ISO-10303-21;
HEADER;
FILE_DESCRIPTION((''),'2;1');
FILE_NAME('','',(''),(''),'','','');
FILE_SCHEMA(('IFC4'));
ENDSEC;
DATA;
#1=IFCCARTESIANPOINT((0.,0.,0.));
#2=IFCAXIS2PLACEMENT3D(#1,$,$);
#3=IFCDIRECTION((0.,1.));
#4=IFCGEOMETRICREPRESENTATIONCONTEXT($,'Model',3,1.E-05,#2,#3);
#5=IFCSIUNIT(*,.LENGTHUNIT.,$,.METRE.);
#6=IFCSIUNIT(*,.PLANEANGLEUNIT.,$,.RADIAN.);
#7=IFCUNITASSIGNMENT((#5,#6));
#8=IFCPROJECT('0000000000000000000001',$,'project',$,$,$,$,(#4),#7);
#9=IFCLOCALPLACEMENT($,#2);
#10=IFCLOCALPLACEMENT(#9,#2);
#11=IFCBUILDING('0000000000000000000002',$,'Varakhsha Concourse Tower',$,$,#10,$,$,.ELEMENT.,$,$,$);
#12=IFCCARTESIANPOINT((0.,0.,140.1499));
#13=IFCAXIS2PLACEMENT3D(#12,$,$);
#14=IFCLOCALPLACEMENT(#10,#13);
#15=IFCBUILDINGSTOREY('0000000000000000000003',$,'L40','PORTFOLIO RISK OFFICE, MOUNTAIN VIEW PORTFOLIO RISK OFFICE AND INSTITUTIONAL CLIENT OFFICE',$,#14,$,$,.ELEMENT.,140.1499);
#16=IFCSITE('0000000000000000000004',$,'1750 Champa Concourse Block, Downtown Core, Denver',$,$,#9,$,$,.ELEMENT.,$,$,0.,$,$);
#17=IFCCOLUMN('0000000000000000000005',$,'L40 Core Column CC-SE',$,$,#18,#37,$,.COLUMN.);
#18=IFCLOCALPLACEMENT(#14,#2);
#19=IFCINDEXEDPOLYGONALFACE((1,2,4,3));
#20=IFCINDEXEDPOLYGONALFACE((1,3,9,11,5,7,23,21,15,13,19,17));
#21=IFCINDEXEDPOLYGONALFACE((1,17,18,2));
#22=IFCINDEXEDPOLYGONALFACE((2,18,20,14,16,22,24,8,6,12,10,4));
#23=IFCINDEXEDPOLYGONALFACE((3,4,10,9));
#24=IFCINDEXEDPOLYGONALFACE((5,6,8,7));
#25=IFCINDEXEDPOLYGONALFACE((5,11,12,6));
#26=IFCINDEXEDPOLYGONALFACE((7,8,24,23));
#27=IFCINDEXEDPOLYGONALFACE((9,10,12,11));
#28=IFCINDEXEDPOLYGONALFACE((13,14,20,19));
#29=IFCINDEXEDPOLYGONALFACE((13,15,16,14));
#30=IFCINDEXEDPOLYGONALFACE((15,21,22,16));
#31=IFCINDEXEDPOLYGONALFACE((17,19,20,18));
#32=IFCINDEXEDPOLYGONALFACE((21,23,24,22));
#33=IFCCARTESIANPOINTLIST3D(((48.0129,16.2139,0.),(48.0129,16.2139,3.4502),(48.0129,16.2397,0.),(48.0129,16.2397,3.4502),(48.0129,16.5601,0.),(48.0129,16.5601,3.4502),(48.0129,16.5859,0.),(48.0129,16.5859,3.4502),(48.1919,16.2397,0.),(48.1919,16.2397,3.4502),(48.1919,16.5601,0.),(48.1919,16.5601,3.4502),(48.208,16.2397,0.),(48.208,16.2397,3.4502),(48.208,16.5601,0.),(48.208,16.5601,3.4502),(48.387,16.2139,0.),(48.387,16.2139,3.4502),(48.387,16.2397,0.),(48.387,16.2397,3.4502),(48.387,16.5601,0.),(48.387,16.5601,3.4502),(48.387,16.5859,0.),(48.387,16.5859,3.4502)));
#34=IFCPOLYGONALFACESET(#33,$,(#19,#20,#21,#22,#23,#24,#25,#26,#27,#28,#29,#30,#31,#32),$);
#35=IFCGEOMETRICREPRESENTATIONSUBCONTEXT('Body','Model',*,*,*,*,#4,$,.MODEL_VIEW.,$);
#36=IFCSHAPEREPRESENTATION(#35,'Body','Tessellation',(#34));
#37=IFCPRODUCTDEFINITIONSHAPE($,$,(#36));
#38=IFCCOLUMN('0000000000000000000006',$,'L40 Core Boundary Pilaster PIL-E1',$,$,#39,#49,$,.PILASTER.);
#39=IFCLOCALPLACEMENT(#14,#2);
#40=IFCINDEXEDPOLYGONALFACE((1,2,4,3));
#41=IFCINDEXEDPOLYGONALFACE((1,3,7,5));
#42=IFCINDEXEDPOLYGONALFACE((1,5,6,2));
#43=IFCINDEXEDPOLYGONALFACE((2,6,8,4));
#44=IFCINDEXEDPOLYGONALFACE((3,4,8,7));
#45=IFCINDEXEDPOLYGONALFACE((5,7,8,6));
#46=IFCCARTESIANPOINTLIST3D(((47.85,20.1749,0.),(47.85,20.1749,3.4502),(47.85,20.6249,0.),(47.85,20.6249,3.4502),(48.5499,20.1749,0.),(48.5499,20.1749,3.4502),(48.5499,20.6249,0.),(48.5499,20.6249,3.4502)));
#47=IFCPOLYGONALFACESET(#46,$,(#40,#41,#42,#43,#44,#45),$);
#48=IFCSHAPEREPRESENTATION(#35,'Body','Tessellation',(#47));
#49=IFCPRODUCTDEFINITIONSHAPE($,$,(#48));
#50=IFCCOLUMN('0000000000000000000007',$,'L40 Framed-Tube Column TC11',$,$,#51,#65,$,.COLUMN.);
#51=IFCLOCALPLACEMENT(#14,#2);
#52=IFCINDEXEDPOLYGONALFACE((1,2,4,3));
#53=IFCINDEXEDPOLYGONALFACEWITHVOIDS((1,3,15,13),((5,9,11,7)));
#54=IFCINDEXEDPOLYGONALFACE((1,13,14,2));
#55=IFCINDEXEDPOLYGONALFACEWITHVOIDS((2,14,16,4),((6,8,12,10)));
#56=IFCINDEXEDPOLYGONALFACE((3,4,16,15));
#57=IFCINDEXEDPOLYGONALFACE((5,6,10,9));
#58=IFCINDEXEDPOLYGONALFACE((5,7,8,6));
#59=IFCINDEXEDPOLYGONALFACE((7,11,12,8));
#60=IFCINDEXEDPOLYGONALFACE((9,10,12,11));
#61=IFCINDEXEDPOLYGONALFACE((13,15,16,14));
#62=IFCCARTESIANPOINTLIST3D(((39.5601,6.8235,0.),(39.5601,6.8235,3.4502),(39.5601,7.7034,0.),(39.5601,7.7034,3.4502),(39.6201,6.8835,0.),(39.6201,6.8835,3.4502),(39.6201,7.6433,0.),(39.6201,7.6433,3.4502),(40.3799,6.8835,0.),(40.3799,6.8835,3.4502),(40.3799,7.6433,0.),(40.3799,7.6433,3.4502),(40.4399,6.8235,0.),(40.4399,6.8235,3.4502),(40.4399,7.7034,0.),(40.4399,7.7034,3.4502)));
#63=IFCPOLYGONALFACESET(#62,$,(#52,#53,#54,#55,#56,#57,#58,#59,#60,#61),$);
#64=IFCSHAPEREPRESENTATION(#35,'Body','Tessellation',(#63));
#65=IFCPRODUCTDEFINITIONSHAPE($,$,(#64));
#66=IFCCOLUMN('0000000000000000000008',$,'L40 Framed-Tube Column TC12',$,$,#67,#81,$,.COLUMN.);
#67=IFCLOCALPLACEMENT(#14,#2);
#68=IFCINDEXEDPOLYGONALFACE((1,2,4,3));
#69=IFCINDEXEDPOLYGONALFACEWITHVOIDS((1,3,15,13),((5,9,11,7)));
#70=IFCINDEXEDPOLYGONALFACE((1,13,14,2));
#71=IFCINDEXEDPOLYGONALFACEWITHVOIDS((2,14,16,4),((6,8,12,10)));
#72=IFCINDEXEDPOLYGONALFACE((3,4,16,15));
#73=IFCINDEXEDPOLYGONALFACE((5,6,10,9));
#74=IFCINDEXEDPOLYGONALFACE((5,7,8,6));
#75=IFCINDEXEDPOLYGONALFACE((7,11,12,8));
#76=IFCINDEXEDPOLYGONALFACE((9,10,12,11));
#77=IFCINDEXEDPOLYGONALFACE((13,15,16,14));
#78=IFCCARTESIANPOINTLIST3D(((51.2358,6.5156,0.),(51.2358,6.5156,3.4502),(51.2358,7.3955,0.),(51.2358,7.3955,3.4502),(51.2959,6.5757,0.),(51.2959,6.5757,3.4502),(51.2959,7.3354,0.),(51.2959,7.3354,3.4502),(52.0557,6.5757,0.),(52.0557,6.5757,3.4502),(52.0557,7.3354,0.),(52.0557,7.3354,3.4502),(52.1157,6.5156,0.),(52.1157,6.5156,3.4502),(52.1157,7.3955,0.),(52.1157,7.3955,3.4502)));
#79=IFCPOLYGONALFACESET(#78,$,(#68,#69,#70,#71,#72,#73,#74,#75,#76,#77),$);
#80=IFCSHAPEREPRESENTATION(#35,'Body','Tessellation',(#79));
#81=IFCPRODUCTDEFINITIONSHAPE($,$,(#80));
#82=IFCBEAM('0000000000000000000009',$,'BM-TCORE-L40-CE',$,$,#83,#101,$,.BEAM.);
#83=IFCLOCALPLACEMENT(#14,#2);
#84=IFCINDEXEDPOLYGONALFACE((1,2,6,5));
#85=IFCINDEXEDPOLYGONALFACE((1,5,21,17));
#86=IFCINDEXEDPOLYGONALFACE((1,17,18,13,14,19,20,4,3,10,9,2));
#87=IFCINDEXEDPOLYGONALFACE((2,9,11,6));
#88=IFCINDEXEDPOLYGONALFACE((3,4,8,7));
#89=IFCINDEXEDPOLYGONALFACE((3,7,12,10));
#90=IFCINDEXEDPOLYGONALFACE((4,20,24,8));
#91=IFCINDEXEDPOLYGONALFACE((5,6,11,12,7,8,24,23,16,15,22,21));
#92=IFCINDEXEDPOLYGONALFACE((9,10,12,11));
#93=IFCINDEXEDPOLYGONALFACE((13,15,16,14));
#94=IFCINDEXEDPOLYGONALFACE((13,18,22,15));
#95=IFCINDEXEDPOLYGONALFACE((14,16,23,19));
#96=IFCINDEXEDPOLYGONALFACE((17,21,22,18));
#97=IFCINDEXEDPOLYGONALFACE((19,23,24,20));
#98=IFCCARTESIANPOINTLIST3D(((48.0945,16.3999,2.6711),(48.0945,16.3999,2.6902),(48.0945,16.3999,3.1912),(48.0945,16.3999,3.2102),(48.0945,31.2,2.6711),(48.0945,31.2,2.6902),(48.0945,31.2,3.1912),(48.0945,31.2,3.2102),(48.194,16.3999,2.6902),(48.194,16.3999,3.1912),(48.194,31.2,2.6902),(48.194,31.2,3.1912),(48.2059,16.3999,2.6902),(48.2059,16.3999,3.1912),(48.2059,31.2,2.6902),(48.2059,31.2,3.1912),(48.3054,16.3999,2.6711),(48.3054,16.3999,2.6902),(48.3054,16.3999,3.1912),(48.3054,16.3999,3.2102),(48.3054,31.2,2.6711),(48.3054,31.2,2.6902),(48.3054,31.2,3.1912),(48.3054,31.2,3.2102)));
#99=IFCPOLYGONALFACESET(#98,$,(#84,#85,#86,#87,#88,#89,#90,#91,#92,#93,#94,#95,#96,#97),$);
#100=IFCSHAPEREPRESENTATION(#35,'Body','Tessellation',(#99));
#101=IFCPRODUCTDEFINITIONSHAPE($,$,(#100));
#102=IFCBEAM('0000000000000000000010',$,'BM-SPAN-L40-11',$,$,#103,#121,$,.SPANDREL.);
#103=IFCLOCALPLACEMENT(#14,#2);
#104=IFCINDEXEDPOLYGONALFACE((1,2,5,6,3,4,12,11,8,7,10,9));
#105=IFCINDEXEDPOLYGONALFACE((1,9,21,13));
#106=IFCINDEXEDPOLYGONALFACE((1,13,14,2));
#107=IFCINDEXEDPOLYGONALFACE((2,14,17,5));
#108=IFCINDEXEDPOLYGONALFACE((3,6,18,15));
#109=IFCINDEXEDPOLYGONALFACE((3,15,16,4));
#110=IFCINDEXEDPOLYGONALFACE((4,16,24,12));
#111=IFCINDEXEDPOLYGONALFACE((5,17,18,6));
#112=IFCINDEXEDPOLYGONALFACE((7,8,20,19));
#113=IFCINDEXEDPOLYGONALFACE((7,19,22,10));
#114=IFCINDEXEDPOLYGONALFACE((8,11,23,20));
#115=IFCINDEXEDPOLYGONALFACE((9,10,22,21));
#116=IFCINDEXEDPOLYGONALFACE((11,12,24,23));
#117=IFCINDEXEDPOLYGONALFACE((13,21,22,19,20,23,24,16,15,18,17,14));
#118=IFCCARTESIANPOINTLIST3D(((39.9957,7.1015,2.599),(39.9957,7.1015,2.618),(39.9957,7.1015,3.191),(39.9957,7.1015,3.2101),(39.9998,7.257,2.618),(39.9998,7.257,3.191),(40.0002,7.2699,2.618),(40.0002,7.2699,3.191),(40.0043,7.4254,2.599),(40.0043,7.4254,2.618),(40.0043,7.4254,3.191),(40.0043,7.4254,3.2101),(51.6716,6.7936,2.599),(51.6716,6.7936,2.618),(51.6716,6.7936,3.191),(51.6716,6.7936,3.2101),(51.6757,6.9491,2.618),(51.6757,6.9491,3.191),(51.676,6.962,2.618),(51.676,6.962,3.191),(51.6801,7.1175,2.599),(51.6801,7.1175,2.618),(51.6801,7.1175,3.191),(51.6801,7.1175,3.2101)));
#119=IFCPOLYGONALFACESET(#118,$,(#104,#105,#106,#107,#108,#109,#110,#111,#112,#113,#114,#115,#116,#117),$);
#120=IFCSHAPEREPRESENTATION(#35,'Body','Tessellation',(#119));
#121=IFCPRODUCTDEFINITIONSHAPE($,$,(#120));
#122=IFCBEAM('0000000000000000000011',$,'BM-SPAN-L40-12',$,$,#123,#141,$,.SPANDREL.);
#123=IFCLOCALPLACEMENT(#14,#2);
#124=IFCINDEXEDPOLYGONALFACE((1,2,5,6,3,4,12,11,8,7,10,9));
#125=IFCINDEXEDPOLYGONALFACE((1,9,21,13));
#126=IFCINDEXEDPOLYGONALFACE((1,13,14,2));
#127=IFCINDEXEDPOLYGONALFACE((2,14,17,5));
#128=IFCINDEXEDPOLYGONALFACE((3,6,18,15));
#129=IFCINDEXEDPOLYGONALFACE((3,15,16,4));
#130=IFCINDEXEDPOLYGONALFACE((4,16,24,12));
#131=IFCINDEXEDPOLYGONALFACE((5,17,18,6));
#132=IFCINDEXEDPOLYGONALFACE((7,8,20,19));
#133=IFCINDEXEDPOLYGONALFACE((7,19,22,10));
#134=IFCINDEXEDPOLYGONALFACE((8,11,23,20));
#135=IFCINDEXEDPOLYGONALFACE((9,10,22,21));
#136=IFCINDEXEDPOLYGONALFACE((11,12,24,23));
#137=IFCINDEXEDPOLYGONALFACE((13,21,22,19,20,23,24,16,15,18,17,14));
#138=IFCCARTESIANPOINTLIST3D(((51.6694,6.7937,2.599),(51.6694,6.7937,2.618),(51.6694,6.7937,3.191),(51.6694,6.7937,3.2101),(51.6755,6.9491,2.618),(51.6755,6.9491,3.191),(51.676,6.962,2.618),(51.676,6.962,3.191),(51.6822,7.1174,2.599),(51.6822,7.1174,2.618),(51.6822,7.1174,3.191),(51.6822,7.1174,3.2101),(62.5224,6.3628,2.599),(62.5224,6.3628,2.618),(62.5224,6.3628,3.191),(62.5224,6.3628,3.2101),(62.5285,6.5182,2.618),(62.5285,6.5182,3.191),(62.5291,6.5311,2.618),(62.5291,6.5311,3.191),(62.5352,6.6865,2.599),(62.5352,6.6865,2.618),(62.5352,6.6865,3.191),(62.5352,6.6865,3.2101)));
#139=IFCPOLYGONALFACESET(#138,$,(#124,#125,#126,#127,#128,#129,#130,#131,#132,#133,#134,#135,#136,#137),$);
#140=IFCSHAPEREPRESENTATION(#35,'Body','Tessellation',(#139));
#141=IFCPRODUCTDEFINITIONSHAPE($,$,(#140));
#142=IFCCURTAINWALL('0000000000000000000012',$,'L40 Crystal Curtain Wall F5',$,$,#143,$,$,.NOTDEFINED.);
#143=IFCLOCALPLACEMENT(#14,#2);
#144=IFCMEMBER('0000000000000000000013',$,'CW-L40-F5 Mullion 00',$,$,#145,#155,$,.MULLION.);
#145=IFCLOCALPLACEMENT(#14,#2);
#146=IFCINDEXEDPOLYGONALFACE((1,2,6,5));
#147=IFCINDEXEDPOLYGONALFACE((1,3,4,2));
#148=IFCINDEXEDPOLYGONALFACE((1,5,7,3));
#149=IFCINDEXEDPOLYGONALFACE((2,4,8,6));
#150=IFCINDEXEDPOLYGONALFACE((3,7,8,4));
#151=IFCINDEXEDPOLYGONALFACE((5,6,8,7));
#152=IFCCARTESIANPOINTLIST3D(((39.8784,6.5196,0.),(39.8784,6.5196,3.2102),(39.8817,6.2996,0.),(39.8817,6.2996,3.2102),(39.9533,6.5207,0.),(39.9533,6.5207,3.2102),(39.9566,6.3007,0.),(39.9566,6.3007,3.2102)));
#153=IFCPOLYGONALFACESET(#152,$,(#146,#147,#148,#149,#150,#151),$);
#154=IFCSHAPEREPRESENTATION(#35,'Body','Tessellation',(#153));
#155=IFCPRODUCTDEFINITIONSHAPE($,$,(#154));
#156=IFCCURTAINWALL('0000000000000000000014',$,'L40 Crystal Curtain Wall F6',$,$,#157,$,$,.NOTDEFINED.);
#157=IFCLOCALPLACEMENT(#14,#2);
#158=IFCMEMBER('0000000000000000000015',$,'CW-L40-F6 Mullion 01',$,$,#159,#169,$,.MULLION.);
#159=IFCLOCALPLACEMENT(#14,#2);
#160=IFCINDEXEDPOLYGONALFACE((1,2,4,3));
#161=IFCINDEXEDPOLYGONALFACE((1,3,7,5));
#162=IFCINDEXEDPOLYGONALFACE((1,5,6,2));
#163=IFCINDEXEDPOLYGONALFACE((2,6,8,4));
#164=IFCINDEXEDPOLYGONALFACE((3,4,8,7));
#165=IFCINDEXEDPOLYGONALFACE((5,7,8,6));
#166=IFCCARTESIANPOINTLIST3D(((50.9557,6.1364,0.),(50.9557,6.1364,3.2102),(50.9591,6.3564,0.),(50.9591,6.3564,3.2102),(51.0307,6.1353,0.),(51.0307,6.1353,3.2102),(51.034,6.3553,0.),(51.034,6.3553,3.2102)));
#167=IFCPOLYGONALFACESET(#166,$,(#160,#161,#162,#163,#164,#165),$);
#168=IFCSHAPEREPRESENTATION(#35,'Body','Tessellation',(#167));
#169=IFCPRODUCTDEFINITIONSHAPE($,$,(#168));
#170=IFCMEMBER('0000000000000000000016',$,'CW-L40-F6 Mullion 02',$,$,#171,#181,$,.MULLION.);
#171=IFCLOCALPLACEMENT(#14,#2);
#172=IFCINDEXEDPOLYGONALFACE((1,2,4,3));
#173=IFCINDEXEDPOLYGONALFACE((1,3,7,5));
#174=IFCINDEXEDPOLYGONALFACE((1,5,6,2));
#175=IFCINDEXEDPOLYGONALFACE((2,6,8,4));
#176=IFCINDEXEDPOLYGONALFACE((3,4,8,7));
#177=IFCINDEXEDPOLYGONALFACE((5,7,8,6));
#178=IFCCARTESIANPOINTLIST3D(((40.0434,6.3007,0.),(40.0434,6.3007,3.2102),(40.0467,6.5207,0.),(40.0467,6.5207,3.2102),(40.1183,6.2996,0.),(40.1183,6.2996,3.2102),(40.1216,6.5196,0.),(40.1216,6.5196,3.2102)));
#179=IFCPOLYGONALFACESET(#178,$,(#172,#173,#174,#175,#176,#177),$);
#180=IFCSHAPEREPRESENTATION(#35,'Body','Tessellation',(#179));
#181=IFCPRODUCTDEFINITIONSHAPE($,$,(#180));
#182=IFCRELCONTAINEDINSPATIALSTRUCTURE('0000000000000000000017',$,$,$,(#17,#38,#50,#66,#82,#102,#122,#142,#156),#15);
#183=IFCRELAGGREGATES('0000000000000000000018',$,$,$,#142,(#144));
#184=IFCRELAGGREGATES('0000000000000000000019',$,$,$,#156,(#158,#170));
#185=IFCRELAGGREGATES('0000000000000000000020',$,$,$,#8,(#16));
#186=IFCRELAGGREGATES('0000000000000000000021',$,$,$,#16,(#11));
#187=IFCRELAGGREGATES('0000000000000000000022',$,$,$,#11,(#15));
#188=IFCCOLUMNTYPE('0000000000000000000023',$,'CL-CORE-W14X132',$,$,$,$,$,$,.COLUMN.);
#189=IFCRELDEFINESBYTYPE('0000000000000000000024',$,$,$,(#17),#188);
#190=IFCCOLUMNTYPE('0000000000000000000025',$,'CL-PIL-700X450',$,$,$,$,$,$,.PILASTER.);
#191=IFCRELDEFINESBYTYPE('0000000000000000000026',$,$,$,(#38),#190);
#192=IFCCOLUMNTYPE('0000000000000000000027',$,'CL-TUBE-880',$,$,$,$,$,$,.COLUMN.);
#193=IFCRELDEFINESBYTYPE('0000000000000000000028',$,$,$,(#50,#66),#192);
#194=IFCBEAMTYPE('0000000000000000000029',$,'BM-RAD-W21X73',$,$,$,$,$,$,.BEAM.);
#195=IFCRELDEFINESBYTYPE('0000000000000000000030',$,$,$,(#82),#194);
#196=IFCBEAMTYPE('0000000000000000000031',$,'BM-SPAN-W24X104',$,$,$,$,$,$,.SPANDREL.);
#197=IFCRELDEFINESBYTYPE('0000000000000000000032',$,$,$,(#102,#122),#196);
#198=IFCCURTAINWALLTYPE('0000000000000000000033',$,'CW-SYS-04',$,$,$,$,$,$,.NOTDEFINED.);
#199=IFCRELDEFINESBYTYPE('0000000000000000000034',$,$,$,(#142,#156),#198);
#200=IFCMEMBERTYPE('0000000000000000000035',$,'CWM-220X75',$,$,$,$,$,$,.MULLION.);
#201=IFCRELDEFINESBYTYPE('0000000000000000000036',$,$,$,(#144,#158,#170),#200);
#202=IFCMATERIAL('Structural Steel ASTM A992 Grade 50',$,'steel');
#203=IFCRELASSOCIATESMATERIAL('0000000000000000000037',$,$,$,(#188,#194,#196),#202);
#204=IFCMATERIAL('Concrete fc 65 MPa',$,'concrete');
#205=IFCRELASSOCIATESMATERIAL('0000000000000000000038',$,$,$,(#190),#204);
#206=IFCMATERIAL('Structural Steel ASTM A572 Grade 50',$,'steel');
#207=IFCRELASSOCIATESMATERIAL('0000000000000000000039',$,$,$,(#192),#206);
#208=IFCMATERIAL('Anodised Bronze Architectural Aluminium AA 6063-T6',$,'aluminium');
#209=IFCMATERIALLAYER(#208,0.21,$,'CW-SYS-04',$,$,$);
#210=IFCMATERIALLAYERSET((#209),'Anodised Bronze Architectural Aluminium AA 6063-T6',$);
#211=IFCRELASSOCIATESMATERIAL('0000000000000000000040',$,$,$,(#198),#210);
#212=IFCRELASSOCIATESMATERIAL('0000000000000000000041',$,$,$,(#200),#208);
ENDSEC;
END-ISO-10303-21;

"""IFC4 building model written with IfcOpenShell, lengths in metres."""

from ifc_helpers import new_model, si_unit, direction, frame, origin, origin_2d, place, context, subcontext, project, spatial, rectangle, hollow_rectangle, i_section, extrude, source, transform, mapped, material, layer, layer_set, material_profile, profile_set, type_object, type_shapes, element, aggregate, save


model = new_model("IFC4")

# Units and contexts
model_context = context("Model", 3, precision=1e-05, world=origin(), true_north=direction((0.0, 1.0)))
body_context = subcontext(model_context, "Body", "Model", "MODEL_VIEW")
ifc_project = project(units=[si_unit("LENGTHUNIT", "METRE"), si_unit("PLANEANGLEUNIT", "RADIAN")], contexts=[model_context])

# Site, building, storey
site_placement = place(None, origin())
site = spatial("IfcSite", under=ifc_project, at=site_placement, Name="1750 Champa Concourse Block, Downtown Core, Denver", CompositionType="ELEMENT", RefElevation=0.0)
building_placement = place(site_placement, origin())
building = spatial("IfcBuilding", under=site, at=building_placement, Name="Varakhsha Concourse Tower", CompositionType="ELEMENT")
storey_placement = place(building_placement, frame((0.0, 0.0, 140.1499)))
storey = spatial("IfcBuildingStorey", under=building, at=storey_placement, Name="L40", Description="PORTFOLIO RISK OFFICE, MOUNTAIN VIEW PORTFOLIO RISK OFFICE AND INSTITUTIONAL CLIENT OFFICE", CompositionType="ELEMENT", Elevation=140.1499)

# Columns
ifc_material_1 = material(Name="Structural Steel ASTM A992 Grade 50", Category="steel")
ifc_material_profile_1 = material_profile(ifc_material_1, i_section(OverallWidth=0.374, OverallDepth=0.3721, WebThickness=0.0161, FlangeThickness=0.0259, at=origin_2d()), Name="W14X132")
ifc_profile_set_1 = profile_set([ifc_material_profile_1], Name="Structural Steel ASTM A992 Grade 50")
column_type_1 = type_object("IfcColumnType", Name="CL-CORE-W14X132", PredefinedType="COLUMN", material=ifc_profile_set_1)
column_1_placement = place(storey_placement, frame((48.2, 16.3999, 0.0), z_axis=(0.0, 0.0, 1.0), x_axis=(1.0, 0.0, 0.0)))
element("IfcColumn", 1, at=column_1_placement, inside=storey, type_object=column_type_1, Name="L40 Core Column CC-SE", PredefinedType="COLUMN", context=body_context, shape_type="SweptSolid", body=[
    extrude(i_section(OverallWidth=0.374, OverallDepth=0.3721, WebThickness=0.0161, FlangeThickness=0.0259, at=origin_2d()), origin(), (0.0, 0.0, 1.0), 3.4502),
])
ifc_material_2 = material(Name="Concrete fc 65 MPa", Category="concrete")
ifc_material_profile_2 = material_profile(ifc_material_2, rectangle(XDim=0.7, YDim=0.45, at=origin_2d()), Name="RC 700x450")
ifc_profile_set_2 = profile_set([ifc_material_profile_2], Name="Concrete fc 65 MPa")
column_type_2 = type_object("IfcColumnType", Name="CL-PIL-700X450", PredefinedType="PILASTER", material=ifc_profile_set_2)
column_2_placement = place(storey_placement, frame((48.2, 20.3999, 0.0), z_axis=(0.0, 0.0, 1.0), x_axis=(1.0, 0.0, 0.0)))
element("IfcColumn", 2, at=column_2_placement, inside=storey, type_object=column_type_2, Name="L40 Core Boundary Pilaster PIL-E1", PredefinedType="PILASTER", context=body_context, shape_type="SweptSolid", body=[
    extrude(rectangle(XDim=0.7, YDim=0.45, at=origin_2d()), origin(), (0.0, 0.0, 1.0), 3.4502),
])
ifc_material_3 = material(Name="Structural Steel ASTM A572 Grade 50", Category="steel")
ifc_material_profile_3 = material_profile(ifc_material_3, hollow_rectangle(XDim=0.8799, YDim=0.8799, WallThickness=0.0601, at=origin_2d()), Name="BOX 880x880x60")
ifc_profile_set_3 = profile_set([ifc_material_profile_3], Name="Structural Steel ASTM A572 Grade 50")
column_type_3 = type_object("IfcColumnType", Name="CL-TUBE-880", PredefinedType="COLUMN", material=ifc_profile_set_3)
for number, where, z_axis, x_axis, name in (
    (3, (40.0, 7.2634, 0.0), (0.0, 0.0, 1.0), (1.0, 0.0, 0.0), "L40 Framed-Tube Column TC11"),
    (4, (51.6758, 6.9556, 0.0), (0.0, 0.0, 1.0), (1.0, 0.0, 0.0), "L40 Framed-Tube Column TC12"),
):
    element("IfcColumn", number, at=place(storey_placement, frame(where, z_axis=z_axis, x_axis=x_axis)), inside=storey, type_object=column_type_3, Name=name, PredefinedType="COLUMN", context=body_context, shape_type="SweptSolid", body=[
        extrude(hollow_rectangle(XDim=0.8799, YDim=0.8799, WallThickness=0.0601, at=origin_2d()), origin(), (0.0, 0.0, 1.0), 3.4502),
    ])

# Beams
ifc_material_profile_4 = material_profile(ifc_material_1, i_section(OverallWidth=0.2109, OverallDepth=0.5391, WebThickness=0.012, FlangeThickness=0.019, at=origin_2d()), Name="W21X73")
ifc_profile_set_4 = profile_set([ifc_material_profile_4], Name="Structural Steel ASTM A992 Grade 50")
beam_type_1 = type_object("IfcBeamType", Name="BM-RAD-W21X73", PredefinedType="BEAM", material=ifc_profile_set_4)
beam_1_placement = place(storey_placement, frame((48.2, 16.3999, 2.9407), z_axis=(0.0, 1.0, 0.0), x_axis=(-1.0, 0.0, 0.0)))
element("IfcBeam", 5, at=beam_1_placement, inside=storey, type_object=beam_type_1, Name="BM-TCORE-L40-CE", PredefinedType="BEAM", context=body_context, shape_type="SweptSolid", body=[
    extrude(i_section(OverallWidth=0.2109, OverallDepth=0.5391, WebThickness=0.012, FlangeThickness=0.019, at=origin_2d()), origin(), (0.0, 0.0, 1.0), 14.8),
])
ifc_material_profile_5 = material_profile(ifc_material_1, i_section(OverallWidth=0.324, OverallDepth=0.6111, WebThickness=0.0129, FlangeThickness=0.019, at=origin_2d()), Name="W24X104")
ifc_profile_set_5 = profile_set([ifc_material_profile_5], Name="Structural Steel ASTM A992 Grade 50")
beam_type_2 = type_object("IfcBeamType", Name="BM-SPAN-W24X104", PredefinedType="SPANDREL", material=ifc_profile_set_5)
beam_2_placement = place(storey_placement, frame((40.0, 7.2634, 2.9045), z_axis=(0.999653, -0.026358, 0.0), x_axis=(0.026358, 0.999653, 0.0)))
element("IfcBeam", 6, at=beam_2_placement, inside=storey, type_object=beam_type_2, Name="BM-SPAN-L40-11", PredefinedType="SPANDREL", context=body_context, shape_type="SweptSolid", body=[
    extrude(i_section(OverallWidth=0.324, OverallDepth=0.6111, WebThickness=0.0129, FlangeThickness=0.019, at=origin_2d()), origin(), (0.0, 0.0, 1.0), 11.6799),
])
beam_3_placement = place(storey_placement, frame((51.6758, 6.9556, 2.9045), z_axis=(0.999213, -0.039673, 0.0), x_axis=(0.039673, 0.999213, 0.0)))
element("IfcBeam", 7, at=beam_3_placement, inside=storey, type_object=beam_type_2, Name="BM-SPAN-L40-12", PredefinedType="SPANDREL", context=body_context, shape_type="SweptSolid", body=[
    extrude(i_section(OverallWidth=0.324, OverallDepth=0.6111, WebThickness=0.0129, FlangeThickness=0.019, at=origin_2d()), origin(), (0.0, 0.0, 1.0), 10.8616),
])

# Curtain wall, member
ifc_material_4 = material(Name="Anodised Bronze Architectural Aluminium AA 6063-T6", Category="aluminium")
ifc_layer_1 = layer(ifc_material_4, 0.21, Name="CW-SYS-04")
ifc_layer_set_1 = layer_set([ifc_layer_1], Name="Anodised Bronze Architectural Aluminium AA 6063-T6")
curtain_wall_type = type_object("IfcCurtainWallType", Name="CW-SYS-04", PredefinedType="NOTDEFINED", material=ifc_layer_set_1)
curtain_wall_1_placement = place(storey_placement, origin())
curtain_wall_1 = element("IfcCurtainWall", 8, at=curtain_wall_1_placement, inside=storey, type_object=curtain_wall_type, Name="L40 Crystal Curtain Wall F5", PredefinedType="NOTDEFINED")
ifc_material_profile_6 = material_profile(ifc_material_4, rectangle(XDim=0.075, YDim=0.22, at=origin_2d()), Name="CWM-220X75")
ifc_profile_set_6 = profile_set([ifc_material_profile_6], Name="Anodised Bronze Architectural Aluminium AA 6063-T6")
member_type_1 = type_object("IfcMemberType", Name="CWM-220X75", PredefinedType="MULLION", material=ifc_profile_set_6)
shared_shape_1 = source(origin(), body_context, "Body", "SweptSolid", [
    extrude(rectangle(XDim=0.075, YDim=0.22, at=origin_2d()), origin(), (0.0, 0.0, 1.0), 3.2102),
])
type_shapes(member_type_1, [shared_shape_1])
member_1_placement = place(storey_placement, frame((39.9175, 6.4102, 0.0), z_axis=(0.0, 0.0, 1.0), x_axis=(-0.999887, -0.015063, 0.0)))
member_1 = element("IfcMember", 9, at=member_1_placement, type_object=member_type_1, Name="CW-L40-F5 Mullion 00", PredefinedType="MULLION", context=body_context, shape_type="MappedRepresentation", body=[
    mapped(shared_shape_1, transform((0.0, 0.0, 0.0), scale=1.0)),
])

# Curtain wall, members
curtain_wall_2_placement = place(storey_placement, origin())
curtain_wall_2 = element("IfcCurtainWall", 10, at=curtain_wall_2_placement, inside=storey, type_object=curtain_wall_type, Name="L40 Crystal Curtain Wall F6", PredefinedType="NOTDEFINED")
member_2_placement = place(storey_placement, frame((50.9949, 6.2458, 0.0), z_axis=(0.0, 0.0, 1.0), x_axis=(-0.999887, 0.015063, 0.0)))
member_2 = element("IfcMember", 11, at=member_2_placement, type_object=member_type_1, Name="CW-L40-F6 Mullion 01", PredefinedType="MULLION", context=body_context, shape_type="MappedRepresentation", body=[
    mapped(shared_shape_1, transform((0.0, 0.0, 0.0), scale=1.0)),
])
member_3_placement = place(storey_placement, frame((40.0825, 6.4102, 0.0), z_axis=(0.0, 0.0, 1.0), x_axis=(-0.999887, 0.015063, 0.0)))
member_3 = element("IfcMember", 12, at=member_3_placement, type_object=member_type_1, Name="CW-L40-F6 Mullion 02", PredefinedType="MULLION", context=body_context, shape_type="MappedRepresentation", body=[
    mapped(shared_shape_1, transform((0.0, 0.0, 0.0), scale=1.0)),
])

aggregate(curtain_wall_1, [member_1])

aggregate(curtain_wall_2, [member_2, member_3])

save(model, "model.ifc")
